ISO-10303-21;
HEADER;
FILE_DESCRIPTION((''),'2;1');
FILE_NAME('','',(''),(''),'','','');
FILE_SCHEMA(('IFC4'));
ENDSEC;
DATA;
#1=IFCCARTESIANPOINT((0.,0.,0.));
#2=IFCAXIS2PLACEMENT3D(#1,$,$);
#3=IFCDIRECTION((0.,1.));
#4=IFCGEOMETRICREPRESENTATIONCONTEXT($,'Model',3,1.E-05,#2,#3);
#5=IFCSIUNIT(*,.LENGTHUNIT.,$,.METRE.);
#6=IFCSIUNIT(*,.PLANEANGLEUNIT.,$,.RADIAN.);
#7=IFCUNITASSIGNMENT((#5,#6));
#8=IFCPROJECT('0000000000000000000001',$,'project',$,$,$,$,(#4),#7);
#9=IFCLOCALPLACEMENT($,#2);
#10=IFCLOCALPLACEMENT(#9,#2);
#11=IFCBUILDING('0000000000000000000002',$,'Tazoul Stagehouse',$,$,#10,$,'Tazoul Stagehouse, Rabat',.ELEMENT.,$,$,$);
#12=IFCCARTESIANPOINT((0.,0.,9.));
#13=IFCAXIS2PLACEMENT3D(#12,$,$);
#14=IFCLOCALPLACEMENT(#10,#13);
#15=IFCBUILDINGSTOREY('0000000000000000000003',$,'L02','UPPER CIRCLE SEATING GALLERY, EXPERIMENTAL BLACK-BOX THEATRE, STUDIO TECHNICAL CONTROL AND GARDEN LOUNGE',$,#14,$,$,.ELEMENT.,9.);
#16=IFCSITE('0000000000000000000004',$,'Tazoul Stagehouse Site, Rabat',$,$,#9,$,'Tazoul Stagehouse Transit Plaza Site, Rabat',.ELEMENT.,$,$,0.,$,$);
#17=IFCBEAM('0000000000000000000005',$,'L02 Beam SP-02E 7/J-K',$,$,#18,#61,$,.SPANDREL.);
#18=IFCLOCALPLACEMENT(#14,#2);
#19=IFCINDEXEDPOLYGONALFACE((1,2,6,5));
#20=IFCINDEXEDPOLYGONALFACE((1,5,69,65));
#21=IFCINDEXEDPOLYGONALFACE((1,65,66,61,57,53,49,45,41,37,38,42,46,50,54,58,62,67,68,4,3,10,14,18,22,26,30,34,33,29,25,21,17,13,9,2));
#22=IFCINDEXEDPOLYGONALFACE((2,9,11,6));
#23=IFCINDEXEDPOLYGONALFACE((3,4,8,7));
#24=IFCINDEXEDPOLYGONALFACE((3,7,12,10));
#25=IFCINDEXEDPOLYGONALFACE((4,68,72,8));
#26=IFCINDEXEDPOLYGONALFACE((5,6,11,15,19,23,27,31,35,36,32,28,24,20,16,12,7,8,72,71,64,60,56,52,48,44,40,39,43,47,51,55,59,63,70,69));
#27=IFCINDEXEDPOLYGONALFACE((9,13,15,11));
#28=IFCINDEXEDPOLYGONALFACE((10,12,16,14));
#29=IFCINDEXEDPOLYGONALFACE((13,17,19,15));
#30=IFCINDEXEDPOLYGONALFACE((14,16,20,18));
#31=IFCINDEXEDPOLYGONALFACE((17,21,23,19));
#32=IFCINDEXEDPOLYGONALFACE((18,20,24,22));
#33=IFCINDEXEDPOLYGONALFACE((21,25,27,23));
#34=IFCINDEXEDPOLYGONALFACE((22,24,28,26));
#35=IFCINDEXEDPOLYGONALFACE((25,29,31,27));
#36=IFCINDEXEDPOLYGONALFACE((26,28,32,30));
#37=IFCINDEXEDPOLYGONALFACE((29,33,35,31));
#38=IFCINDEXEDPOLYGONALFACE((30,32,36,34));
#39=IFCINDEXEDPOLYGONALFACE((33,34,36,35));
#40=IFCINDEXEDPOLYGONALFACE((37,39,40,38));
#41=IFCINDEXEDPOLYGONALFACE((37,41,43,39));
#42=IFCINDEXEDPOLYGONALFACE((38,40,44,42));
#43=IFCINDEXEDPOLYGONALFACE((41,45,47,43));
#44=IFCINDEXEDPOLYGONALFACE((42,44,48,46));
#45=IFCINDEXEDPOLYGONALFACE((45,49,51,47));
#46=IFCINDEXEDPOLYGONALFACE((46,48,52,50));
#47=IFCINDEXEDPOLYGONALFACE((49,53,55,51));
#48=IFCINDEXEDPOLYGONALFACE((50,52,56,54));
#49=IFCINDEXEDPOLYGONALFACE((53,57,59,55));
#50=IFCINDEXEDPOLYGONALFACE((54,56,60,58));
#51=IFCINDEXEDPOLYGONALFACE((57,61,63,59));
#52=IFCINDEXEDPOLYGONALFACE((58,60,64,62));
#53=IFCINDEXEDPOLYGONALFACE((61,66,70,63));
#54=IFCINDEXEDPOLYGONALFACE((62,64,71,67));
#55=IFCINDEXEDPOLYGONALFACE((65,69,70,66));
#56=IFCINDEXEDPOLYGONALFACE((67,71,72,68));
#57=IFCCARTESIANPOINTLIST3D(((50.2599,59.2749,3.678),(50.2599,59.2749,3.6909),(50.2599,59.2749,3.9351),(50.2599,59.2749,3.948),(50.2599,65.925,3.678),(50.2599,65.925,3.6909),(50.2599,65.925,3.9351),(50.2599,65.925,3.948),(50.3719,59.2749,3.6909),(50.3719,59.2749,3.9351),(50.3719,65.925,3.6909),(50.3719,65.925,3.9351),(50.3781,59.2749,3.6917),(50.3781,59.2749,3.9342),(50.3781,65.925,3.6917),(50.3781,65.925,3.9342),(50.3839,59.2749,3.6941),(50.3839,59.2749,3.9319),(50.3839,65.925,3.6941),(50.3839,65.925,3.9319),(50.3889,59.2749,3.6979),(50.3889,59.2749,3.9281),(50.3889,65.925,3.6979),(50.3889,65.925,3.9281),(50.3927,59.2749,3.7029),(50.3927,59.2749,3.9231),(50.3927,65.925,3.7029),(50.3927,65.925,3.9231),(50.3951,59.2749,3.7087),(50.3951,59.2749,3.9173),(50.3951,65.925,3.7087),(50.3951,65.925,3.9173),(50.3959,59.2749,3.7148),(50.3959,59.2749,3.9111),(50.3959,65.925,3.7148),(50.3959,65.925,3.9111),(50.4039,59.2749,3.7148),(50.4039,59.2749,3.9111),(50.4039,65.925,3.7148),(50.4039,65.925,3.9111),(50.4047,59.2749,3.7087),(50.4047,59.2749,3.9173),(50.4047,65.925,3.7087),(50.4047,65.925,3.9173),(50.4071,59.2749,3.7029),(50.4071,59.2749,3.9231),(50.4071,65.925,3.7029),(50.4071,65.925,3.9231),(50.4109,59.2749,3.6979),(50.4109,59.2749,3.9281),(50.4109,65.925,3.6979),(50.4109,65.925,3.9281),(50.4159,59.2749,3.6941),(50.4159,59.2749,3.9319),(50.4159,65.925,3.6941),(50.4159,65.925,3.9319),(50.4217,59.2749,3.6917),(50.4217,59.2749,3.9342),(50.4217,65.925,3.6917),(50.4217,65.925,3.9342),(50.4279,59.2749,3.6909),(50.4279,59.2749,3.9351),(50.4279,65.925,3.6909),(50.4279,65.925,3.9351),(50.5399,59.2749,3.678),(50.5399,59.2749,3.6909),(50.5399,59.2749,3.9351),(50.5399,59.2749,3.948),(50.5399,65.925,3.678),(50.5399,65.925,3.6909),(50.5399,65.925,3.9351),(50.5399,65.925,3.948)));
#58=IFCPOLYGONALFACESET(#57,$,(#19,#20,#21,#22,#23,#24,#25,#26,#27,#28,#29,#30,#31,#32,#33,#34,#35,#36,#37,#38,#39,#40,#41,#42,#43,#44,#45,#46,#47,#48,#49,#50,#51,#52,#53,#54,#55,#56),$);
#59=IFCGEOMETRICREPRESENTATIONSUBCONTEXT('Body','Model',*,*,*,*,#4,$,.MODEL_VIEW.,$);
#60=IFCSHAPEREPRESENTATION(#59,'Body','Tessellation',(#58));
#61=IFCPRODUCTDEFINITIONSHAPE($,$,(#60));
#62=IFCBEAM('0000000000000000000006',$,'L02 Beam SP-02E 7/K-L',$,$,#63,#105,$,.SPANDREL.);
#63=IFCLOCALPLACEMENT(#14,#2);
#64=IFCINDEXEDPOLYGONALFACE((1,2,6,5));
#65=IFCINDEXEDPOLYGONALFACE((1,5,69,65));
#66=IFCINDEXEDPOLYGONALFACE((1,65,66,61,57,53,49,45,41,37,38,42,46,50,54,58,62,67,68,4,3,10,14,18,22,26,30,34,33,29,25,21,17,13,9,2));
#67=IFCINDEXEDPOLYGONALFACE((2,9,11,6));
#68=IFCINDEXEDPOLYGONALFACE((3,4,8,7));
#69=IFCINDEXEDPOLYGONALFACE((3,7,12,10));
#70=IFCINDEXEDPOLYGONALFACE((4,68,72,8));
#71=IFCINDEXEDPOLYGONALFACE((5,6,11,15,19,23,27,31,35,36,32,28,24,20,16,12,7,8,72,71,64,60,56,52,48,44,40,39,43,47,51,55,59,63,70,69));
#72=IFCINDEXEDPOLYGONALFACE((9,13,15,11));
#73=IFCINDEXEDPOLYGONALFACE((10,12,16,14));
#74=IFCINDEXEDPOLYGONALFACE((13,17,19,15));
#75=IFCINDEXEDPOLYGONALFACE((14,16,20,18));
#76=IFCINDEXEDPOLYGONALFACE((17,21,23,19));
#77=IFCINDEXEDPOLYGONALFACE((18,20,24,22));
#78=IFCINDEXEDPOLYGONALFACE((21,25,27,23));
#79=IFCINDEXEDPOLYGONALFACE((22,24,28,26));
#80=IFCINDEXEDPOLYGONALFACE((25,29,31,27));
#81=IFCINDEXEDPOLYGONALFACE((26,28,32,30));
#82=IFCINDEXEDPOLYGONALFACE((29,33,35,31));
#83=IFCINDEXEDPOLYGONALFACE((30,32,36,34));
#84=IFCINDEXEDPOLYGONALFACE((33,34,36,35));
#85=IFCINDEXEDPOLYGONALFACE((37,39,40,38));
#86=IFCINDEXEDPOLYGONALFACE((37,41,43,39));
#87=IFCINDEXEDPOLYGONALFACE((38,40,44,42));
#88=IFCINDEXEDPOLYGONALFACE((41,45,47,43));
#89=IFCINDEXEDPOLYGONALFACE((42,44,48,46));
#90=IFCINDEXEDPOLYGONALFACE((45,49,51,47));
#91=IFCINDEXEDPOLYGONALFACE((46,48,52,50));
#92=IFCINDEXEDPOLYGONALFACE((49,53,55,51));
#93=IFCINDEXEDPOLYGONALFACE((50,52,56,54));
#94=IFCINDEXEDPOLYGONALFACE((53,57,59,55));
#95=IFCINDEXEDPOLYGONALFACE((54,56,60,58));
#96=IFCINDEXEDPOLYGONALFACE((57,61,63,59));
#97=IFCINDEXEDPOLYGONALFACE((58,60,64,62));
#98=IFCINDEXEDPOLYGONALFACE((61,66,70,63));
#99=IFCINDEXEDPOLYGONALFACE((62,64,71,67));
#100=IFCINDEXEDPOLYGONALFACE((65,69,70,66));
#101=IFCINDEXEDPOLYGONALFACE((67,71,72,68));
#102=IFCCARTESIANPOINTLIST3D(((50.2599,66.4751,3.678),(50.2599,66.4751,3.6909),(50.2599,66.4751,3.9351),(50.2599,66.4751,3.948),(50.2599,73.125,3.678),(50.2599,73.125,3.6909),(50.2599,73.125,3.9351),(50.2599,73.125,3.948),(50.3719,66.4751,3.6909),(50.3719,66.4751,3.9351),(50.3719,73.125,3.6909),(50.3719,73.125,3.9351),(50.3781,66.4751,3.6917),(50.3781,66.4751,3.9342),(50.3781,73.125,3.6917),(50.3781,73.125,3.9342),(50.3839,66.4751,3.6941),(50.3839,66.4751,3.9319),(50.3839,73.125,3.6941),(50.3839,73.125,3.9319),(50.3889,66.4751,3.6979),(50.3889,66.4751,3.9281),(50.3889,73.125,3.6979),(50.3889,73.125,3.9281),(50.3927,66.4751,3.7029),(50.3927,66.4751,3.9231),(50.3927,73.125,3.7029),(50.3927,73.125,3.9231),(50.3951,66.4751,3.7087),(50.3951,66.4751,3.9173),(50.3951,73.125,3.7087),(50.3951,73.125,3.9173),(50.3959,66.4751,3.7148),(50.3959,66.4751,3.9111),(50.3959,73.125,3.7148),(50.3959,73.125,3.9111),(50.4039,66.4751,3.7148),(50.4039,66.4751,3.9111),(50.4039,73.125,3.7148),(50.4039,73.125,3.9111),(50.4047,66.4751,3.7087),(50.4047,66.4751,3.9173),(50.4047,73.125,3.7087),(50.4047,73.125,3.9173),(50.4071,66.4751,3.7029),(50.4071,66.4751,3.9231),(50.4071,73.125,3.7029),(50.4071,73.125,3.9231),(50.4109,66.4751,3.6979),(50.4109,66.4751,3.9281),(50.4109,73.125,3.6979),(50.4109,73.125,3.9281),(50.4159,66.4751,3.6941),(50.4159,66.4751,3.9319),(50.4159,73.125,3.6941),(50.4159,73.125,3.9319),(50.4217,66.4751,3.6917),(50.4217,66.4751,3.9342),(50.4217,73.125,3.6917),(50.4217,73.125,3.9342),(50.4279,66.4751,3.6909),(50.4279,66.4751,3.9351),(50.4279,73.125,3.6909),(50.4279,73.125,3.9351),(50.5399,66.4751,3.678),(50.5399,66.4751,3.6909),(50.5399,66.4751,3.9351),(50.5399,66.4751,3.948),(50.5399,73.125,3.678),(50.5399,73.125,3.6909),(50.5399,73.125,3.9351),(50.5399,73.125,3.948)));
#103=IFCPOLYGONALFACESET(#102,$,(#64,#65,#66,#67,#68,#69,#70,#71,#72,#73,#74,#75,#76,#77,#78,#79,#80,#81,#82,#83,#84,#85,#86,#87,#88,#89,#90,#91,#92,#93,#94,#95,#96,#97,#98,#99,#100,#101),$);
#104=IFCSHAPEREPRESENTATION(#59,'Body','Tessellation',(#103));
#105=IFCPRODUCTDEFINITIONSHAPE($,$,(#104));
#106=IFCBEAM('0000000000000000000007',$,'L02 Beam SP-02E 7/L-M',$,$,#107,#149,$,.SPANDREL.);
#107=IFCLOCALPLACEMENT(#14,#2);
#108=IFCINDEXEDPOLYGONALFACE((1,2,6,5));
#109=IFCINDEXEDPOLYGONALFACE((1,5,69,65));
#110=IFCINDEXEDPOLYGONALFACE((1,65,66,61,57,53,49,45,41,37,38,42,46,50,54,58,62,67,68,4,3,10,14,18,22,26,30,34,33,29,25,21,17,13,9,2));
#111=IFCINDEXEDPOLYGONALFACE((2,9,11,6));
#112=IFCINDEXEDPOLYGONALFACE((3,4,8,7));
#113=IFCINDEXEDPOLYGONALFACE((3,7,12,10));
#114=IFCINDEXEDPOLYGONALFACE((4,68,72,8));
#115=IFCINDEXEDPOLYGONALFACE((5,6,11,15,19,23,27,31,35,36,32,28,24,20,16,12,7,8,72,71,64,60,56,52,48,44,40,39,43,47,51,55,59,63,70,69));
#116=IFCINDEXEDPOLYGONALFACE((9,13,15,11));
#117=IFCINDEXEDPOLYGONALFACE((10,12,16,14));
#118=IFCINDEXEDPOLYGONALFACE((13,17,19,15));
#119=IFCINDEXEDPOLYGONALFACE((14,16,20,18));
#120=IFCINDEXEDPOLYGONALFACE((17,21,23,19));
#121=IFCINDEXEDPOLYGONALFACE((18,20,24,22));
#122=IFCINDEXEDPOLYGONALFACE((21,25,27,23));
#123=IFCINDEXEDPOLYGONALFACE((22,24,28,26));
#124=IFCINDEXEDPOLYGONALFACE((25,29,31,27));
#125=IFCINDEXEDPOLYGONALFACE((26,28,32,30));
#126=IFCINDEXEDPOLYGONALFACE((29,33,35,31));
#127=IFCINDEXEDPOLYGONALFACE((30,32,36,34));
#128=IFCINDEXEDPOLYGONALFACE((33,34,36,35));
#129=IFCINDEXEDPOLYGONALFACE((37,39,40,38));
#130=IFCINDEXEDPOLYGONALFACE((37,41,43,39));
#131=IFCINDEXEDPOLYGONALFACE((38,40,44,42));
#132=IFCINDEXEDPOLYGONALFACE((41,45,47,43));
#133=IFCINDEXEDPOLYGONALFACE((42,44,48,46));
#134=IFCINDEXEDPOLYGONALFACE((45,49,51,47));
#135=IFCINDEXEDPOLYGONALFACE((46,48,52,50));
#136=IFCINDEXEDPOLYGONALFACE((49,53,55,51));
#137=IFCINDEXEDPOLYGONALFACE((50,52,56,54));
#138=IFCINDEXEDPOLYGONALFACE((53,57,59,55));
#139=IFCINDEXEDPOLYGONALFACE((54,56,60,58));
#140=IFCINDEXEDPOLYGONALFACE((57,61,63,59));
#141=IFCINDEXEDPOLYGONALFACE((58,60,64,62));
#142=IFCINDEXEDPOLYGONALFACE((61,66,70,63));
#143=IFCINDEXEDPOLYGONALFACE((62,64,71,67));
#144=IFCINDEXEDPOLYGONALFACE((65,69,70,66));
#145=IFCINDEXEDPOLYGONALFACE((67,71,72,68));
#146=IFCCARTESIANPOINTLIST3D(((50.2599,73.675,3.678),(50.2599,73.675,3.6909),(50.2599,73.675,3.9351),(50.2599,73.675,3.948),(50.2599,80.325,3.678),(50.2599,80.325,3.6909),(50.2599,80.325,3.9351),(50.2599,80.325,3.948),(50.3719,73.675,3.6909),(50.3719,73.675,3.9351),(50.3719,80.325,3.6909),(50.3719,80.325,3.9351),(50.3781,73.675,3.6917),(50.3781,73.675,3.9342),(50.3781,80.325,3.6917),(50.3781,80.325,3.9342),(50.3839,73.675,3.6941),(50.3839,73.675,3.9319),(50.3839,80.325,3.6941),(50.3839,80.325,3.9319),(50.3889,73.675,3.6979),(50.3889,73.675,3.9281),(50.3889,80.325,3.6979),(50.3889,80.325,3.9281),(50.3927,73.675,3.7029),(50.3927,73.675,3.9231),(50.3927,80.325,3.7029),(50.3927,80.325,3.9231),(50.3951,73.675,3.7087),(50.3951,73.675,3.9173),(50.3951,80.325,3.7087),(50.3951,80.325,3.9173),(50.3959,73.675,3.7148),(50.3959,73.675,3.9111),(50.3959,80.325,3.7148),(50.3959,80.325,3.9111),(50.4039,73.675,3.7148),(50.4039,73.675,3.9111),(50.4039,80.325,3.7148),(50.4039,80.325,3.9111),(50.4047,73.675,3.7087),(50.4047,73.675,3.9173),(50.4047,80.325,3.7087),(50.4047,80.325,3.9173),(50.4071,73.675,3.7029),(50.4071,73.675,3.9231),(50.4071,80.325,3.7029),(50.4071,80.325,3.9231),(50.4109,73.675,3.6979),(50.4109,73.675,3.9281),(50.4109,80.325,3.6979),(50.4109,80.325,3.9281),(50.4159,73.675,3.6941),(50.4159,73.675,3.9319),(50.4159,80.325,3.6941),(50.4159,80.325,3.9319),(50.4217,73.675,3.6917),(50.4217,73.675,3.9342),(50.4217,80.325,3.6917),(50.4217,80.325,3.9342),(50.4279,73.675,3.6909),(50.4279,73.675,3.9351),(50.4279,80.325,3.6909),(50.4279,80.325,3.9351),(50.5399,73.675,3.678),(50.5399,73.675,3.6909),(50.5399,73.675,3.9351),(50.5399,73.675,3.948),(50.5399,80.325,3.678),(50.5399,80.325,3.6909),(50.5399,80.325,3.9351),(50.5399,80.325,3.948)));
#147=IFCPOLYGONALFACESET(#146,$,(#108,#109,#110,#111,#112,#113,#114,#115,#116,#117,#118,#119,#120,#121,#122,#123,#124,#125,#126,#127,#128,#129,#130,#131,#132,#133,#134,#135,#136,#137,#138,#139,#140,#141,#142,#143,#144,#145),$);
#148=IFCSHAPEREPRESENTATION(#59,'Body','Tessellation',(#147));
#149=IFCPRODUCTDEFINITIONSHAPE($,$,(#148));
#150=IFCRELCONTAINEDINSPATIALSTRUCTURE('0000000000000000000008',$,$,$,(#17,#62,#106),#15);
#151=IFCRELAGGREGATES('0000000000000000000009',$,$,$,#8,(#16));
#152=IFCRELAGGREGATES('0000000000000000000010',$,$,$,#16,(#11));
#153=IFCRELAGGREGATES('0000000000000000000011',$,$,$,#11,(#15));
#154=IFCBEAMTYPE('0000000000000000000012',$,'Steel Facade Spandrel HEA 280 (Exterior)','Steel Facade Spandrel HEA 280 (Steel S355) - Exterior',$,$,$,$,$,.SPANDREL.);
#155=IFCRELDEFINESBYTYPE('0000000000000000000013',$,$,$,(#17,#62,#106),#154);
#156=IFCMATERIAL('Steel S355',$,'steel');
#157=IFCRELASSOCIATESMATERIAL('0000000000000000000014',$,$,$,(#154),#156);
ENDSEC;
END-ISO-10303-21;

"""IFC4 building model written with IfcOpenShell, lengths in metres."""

from ifc_helpers import new_model, si_unit, direction, frame, origin, origin_2d, place, context, subcontext, project, spatial, i_section, extrude, material, material_profile, profile_set, type_object, element, save


model = new_model("IFC4")

# Units and contexts
model_context = context("Model", 3, precision=1e-05, world=origin(), true_north=direction((0.0, 1.0)))
body_context = subcontext(model_context, "Body", "Model", "MODEL_VIEW")
ifc_project = project(units=[si_unit("LENGTHUNIT", "METRE"), si_unit("PLANEANGLEUNIT", "RADIAN")], contexts=[model_context])

# Site, building, storey
site_placement = place(None, origin())
site = spatial("IfcSite", under=ifc_project, at=site_placement, Name="Tazoul Stagehouse Site, Rabat", LongName="Tazoul Stagehouse Transit Plaza Site, Rabat", CompositionType="ELEMENT", RefElevation=0.0)
building_placement = place(site_placement, origin())
building = spatial("IfcBuilding", under=site, at=building_placement, Name="Tazoul Stagehouse", LongName="Tazoul Stagehouse, Rabat", CompositionType="ELEMENT")
storey_placement = place(building_placement, frame((0.0, 0.0, 9.0)))
storey = spatial("IfcBuildingStorey", under=building, at=storey_placement, Name="L02", Description="UPPER CIRCLE SEATING GALLERY, EXPERIMENTAL BLACK-BOX THEATRE, STUDIO TECHNICAL CONTROL AND GARDEN LOUNGE", CompositionType="ELEMENT", Elevation=9.0)

# Beams
ifc_material_1 = material(Name="Steel S355", Category="steel")
ifc_material_profile_1 = material_profile(ifc_material_1, i_section(OverallWidth=0.28, OverallDepth=0.27, WebThickness=0.0081, FlangeThickness=0.0129, FilletRadius=0.0239, at=origin_2d()), Name="HEA 280")
ifc_profile_set_1 = profile_set([ifc_material_profile_1], Name="Steel S355")
beam_type_1 = type_object("IfcBeamType", Name="Steel Facade Spandrel HEA 280 (Exterior)", Description="Steel Facade Spandrel HEA 280 (Steel S355) - Exterior", PredefinedType="SPANDREL", material=ifc_profile_set_1)
for number, where, z_axis, x_axis, name in (
    (1, (50.3999, 59.2749, 3.813), (0.0, 1.0, 0.0), (-1.0, 0.0, 0.0), "L02 Beam SP-02E 7/J-K"),
):
    element("IfcBeam", number, at=place(storey_placement, frame(where, z_axis=z_axis, x_axis=x_axis)), inside=storey, type_object=beam_type_1, Name=name, PredefinedType="SPANDREL", context=body_context, shape_type="SweptSolid", body=[
        extrude(i_section(OverallWidth=0.28, OverallDepth=0.27, WebThickness=0.0081, FlangeThickness=0.0129, FilletRadius=0.0239, at=origin_2d()), origin(), (0.0, 0.0, 1.0), 6.6501),
    ])
for number, where, z_axis, x_axis, name in (
    (2, (50.3999, 66.4751, 3.813), (0.0, 1.0, 0.0), (-1.0, 0.0, 0.0), "L02 Beam SP-02E 7/K-L"),
    (3, (50.3999, 73.675, 3.813), (0.0, 1.0, 0.0), (-1.0, 0.0, 0.0), "L02 Beam SP-02E 7/L-M"),
):
    element("IfcBeam", number, at=place(storey_placement, frame(where, z_axis=z_axis, x_axis=x_axis)), inside=storey, type_object=beam_type_1, Name=name, PredefinedType="SPANDREL", context=body_context, shape_type="SweptSolid", body=[
        extrude(i_section(OverallWidth=0.28, OverallDepth=0.27, WebThickness=0.0081, FlangeThickness=0.0129, FilletRadius=0.0239, at=origin_2d()), origin(), (0.0, 0.0, 1.0), 6.6499),
    ])

save(model, "model.ifc")
